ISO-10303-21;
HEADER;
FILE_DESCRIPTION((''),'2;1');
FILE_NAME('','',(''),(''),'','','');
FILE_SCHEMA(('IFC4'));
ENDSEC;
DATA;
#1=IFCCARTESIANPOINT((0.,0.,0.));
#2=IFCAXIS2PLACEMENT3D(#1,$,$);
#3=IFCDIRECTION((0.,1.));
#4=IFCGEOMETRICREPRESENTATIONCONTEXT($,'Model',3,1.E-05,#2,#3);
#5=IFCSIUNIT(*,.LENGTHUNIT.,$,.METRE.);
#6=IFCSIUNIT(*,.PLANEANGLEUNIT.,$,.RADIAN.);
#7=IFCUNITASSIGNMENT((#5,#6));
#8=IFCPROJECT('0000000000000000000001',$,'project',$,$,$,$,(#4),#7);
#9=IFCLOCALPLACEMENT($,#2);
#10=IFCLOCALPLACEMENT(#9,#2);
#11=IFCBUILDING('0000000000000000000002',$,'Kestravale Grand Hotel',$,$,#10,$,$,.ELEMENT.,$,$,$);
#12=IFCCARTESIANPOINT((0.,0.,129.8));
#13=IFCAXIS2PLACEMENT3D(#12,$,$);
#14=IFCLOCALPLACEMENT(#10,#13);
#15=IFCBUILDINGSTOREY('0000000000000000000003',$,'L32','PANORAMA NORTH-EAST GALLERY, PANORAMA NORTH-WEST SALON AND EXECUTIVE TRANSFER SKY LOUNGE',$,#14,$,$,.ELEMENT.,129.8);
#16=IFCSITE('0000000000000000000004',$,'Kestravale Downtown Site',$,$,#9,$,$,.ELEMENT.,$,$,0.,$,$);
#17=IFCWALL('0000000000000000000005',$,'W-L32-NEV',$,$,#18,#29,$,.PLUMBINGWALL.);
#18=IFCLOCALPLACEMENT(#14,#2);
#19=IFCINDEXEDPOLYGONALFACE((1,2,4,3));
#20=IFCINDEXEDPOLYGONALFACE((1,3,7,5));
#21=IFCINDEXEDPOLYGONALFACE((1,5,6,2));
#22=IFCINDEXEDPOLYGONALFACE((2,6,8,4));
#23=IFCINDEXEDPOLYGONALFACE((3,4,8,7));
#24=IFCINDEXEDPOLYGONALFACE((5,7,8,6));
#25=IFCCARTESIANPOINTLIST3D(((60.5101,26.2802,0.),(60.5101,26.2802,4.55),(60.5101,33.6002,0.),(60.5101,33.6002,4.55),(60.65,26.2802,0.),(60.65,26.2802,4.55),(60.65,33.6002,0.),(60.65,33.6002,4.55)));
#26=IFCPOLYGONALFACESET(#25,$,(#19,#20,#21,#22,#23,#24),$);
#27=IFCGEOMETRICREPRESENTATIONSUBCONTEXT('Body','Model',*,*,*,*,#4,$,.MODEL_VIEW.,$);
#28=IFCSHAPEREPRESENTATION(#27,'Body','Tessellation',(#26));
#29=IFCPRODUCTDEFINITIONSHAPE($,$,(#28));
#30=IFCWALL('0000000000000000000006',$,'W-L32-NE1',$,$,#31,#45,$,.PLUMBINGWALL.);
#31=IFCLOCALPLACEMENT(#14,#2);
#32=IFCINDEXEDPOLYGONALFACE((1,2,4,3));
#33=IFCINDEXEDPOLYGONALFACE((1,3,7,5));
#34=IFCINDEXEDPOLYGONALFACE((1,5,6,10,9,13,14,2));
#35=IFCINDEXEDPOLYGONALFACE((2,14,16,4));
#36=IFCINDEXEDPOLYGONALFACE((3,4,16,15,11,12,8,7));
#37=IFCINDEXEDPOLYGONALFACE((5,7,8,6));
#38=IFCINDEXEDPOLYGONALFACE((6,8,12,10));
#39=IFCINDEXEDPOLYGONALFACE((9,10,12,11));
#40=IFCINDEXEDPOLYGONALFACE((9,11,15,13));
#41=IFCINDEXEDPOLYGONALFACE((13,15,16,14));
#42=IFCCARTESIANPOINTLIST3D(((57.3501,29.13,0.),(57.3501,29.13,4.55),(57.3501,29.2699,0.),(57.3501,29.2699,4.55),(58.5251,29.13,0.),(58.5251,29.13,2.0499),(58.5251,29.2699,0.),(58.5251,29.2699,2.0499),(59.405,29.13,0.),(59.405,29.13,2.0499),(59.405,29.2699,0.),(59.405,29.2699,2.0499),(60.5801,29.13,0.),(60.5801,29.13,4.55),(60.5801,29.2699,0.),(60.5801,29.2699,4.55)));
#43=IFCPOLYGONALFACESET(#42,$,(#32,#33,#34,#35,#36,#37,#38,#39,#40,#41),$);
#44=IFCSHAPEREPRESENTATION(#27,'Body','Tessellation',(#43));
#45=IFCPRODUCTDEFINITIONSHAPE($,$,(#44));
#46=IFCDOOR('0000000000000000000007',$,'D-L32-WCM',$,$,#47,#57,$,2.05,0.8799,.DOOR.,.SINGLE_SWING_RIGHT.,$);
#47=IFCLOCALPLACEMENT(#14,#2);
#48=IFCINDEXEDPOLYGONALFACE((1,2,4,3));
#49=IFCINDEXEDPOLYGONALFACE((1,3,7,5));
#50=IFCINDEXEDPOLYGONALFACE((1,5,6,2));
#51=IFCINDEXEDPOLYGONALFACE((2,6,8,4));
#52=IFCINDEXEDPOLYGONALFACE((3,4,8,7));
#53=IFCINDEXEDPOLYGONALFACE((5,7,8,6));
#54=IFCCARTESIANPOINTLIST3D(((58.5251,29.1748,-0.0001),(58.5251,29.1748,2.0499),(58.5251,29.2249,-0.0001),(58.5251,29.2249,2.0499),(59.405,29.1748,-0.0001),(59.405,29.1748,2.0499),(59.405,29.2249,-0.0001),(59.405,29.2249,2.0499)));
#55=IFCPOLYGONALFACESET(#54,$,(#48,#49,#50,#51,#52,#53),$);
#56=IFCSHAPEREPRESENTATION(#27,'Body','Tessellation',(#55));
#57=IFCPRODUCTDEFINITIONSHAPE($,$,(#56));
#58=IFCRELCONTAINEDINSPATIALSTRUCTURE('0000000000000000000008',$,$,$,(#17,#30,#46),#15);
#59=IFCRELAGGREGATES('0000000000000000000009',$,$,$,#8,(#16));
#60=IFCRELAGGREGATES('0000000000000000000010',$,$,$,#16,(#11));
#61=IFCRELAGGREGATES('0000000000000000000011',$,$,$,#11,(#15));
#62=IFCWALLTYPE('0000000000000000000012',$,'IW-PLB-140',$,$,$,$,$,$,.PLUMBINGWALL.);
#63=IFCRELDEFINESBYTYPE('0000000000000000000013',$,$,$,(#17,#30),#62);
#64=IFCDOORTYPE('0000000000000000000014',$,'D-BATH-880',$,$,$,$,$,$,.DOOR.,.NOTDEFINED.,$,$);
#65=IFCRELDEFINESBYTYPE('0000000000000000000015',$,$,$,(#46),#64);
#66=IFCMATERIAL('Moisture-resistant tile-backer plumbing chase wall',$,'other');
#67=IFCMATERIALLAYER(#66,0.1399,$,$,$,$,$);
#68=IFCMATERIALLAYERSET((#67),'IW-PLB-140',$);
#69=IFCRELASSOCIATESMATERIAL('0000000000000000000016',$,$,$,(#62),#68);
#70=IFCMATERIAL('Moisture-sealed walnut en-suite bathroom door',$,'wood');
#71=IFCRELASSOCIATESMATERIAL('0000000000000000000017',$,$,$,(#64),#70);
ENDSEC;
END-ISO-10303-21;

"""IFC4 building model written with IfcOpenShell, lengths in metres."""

from ifc_helpers import new_model, si_unit, direction, frame, frame_2d, origin, place, context, subcontext, project, spatial, rectangle, extrude, material, layer, layer_set, type_object, element, fill, save


model = new_model("IFC4")

# Units and contexts
model_context = context("Model", 3, precision=1e-05, world=origin(), true_north=direction((0.0, 1.0)))
body_context = subcontext(model_context, "Body", "Model", "MODEL_VIEW")
ifc_project = project(units=[si_unit("LENGTHUNIT", "METRE"), si_unit("PLANEANGLEUNIT", "RADIAN")], contexts=[model_context])

# Site, building, storey
site_placement = place(None, origin())
site = spatial("IfcSite", under=ifc_project, at=site_placement, Name="Kestravale Downtown Site", CompositionType="ELEMENT", RefElevation=0.0)
building_placement = place(site_placement, origin())
building = spatial("IfcBuilding", under=site, at=building_placement, Name="Kestravale Grand Hotel", CompositionType="ELEMENT")
storey_placement = place(building_placement, frame((0.0, 0.0, 129.8)))
storey = spatial("IfcBuildingStorey", under=building, at=storey_placement, Name="L32", Description="PANORAMA NORTH-EAST GALLERY, PANORAMA NORTH-WEST SALON AND EXECUTIVE TRANSFER SKY LOUNGE", CompositionType="ELEMENT", Elevation=129.8)

# Wall
ifc_material_1 = material(Name="Moisture-resistant tile-backer plumbing chase wall", Category="other")
ifc_layer = layer(ifc_material_1, 0.1399)
ifc_layer_set = layer_set([ifc_layer], Name="IW-PLB-140")
wall_type = type_object("IfcWallType", Name="IW-PLB-140", PredefinedType="PLUMBINGWALL", material=ifc_layer_set)
wall_1_placement = place(storey_placement, frame((60.5801, 26.28, 0.0), z_axis=(0.0, 0.0, 1.0), x_axis=(0.0, 1.0, 0.0)))
element("IfcWall", 1, at=wall_1_placement, inside=storey, type_object=wall_type, Name="W-L32-NEV", PredefinedType="PLUMBINGWALL", context=body_context, shape_type="SweptSolid", body=[
    extrude(rectangle(XDim=7.3201, YDim=0.1399, at=frame_2d((3.6602, 0.0))), origin(), (0.0, 0.0, 1.0), 4.55),
])

# Wall, opening, door
wall_2_placement = place(storey_placement, frame((57.3501, 29.2, 0.0), z_axis=(0.0, 0.0, 1.0), x_axis=(1.0, 0.0, 0.0)))
wall_2 = element("IfcWall", 2, at=wall_2_placement, inside=storey, type_object=wall_type, Name="W-L32-NE1", PredefinedType="PLUMBINGWALL", context=body_context, shape_type="SweptSolid", body=[
    extrude(rectangle(XDim=3.23, YDim=0.1399, at=frame_2d((1.615, 0.0))), origin(), (0.0, 0.0, 1.0), 4.55),
])
opening_placement = place(wall_2_placement, frame((1.175, 0.0, 0.0)))
opening = element("IfcOpeningElement", 3, at=opening_placement, cuts=wall_2, PredefinedType="OPENING", context=body_context, shape_type="SweptSolid", body=[
    extrude(rectangle(XDim=0.8799, YDim=2.05, at=frame_2d((0.4399, 1.0249))), frame((0.0, 0.0798, 0.0), z_axis=(0.0, -1.0, 0.0), x_axis=(1.0, 0.0, 0.0)), (0.0, 0.0, 1.0), 0.1599),
])
ifc_material_2 = material(Name="Moisture-sealed walnut en-suite bathroom door", Category="wood")
door_type = type_object("IfcDoorType", Name="D-BATH-880", OperationType="NOTDEFINED", PredefinedType="DOOR", material=ifc_material_2)
door_placement = place(opening_placement, origin())
door = element("IfcDoor", 4, at=door_placement, inside=storey, type_object=door_type, Name="D-L32-WCM", OperationType="SINGLE_SWING_RIGHT", OverallHeight=2.05, OverallWidth=0.8799, PredefinedType="DOOR", context=body_context, shape_type="SweptSolid", body=[
    extrude(rectangle(XDim=0.8799, YDim=2.05, at=frame_2d((0.4399, 1.0249))), frame((0.0, 0.0249, 0.0), z_axis=(0.0, -1.0, 0.0), x_axis=(1.0, 0.0, 0.0)), (0.0, 0.0, 1.0), 0.05),
])
fill(opening, door)

save(model, "model.ifc")
